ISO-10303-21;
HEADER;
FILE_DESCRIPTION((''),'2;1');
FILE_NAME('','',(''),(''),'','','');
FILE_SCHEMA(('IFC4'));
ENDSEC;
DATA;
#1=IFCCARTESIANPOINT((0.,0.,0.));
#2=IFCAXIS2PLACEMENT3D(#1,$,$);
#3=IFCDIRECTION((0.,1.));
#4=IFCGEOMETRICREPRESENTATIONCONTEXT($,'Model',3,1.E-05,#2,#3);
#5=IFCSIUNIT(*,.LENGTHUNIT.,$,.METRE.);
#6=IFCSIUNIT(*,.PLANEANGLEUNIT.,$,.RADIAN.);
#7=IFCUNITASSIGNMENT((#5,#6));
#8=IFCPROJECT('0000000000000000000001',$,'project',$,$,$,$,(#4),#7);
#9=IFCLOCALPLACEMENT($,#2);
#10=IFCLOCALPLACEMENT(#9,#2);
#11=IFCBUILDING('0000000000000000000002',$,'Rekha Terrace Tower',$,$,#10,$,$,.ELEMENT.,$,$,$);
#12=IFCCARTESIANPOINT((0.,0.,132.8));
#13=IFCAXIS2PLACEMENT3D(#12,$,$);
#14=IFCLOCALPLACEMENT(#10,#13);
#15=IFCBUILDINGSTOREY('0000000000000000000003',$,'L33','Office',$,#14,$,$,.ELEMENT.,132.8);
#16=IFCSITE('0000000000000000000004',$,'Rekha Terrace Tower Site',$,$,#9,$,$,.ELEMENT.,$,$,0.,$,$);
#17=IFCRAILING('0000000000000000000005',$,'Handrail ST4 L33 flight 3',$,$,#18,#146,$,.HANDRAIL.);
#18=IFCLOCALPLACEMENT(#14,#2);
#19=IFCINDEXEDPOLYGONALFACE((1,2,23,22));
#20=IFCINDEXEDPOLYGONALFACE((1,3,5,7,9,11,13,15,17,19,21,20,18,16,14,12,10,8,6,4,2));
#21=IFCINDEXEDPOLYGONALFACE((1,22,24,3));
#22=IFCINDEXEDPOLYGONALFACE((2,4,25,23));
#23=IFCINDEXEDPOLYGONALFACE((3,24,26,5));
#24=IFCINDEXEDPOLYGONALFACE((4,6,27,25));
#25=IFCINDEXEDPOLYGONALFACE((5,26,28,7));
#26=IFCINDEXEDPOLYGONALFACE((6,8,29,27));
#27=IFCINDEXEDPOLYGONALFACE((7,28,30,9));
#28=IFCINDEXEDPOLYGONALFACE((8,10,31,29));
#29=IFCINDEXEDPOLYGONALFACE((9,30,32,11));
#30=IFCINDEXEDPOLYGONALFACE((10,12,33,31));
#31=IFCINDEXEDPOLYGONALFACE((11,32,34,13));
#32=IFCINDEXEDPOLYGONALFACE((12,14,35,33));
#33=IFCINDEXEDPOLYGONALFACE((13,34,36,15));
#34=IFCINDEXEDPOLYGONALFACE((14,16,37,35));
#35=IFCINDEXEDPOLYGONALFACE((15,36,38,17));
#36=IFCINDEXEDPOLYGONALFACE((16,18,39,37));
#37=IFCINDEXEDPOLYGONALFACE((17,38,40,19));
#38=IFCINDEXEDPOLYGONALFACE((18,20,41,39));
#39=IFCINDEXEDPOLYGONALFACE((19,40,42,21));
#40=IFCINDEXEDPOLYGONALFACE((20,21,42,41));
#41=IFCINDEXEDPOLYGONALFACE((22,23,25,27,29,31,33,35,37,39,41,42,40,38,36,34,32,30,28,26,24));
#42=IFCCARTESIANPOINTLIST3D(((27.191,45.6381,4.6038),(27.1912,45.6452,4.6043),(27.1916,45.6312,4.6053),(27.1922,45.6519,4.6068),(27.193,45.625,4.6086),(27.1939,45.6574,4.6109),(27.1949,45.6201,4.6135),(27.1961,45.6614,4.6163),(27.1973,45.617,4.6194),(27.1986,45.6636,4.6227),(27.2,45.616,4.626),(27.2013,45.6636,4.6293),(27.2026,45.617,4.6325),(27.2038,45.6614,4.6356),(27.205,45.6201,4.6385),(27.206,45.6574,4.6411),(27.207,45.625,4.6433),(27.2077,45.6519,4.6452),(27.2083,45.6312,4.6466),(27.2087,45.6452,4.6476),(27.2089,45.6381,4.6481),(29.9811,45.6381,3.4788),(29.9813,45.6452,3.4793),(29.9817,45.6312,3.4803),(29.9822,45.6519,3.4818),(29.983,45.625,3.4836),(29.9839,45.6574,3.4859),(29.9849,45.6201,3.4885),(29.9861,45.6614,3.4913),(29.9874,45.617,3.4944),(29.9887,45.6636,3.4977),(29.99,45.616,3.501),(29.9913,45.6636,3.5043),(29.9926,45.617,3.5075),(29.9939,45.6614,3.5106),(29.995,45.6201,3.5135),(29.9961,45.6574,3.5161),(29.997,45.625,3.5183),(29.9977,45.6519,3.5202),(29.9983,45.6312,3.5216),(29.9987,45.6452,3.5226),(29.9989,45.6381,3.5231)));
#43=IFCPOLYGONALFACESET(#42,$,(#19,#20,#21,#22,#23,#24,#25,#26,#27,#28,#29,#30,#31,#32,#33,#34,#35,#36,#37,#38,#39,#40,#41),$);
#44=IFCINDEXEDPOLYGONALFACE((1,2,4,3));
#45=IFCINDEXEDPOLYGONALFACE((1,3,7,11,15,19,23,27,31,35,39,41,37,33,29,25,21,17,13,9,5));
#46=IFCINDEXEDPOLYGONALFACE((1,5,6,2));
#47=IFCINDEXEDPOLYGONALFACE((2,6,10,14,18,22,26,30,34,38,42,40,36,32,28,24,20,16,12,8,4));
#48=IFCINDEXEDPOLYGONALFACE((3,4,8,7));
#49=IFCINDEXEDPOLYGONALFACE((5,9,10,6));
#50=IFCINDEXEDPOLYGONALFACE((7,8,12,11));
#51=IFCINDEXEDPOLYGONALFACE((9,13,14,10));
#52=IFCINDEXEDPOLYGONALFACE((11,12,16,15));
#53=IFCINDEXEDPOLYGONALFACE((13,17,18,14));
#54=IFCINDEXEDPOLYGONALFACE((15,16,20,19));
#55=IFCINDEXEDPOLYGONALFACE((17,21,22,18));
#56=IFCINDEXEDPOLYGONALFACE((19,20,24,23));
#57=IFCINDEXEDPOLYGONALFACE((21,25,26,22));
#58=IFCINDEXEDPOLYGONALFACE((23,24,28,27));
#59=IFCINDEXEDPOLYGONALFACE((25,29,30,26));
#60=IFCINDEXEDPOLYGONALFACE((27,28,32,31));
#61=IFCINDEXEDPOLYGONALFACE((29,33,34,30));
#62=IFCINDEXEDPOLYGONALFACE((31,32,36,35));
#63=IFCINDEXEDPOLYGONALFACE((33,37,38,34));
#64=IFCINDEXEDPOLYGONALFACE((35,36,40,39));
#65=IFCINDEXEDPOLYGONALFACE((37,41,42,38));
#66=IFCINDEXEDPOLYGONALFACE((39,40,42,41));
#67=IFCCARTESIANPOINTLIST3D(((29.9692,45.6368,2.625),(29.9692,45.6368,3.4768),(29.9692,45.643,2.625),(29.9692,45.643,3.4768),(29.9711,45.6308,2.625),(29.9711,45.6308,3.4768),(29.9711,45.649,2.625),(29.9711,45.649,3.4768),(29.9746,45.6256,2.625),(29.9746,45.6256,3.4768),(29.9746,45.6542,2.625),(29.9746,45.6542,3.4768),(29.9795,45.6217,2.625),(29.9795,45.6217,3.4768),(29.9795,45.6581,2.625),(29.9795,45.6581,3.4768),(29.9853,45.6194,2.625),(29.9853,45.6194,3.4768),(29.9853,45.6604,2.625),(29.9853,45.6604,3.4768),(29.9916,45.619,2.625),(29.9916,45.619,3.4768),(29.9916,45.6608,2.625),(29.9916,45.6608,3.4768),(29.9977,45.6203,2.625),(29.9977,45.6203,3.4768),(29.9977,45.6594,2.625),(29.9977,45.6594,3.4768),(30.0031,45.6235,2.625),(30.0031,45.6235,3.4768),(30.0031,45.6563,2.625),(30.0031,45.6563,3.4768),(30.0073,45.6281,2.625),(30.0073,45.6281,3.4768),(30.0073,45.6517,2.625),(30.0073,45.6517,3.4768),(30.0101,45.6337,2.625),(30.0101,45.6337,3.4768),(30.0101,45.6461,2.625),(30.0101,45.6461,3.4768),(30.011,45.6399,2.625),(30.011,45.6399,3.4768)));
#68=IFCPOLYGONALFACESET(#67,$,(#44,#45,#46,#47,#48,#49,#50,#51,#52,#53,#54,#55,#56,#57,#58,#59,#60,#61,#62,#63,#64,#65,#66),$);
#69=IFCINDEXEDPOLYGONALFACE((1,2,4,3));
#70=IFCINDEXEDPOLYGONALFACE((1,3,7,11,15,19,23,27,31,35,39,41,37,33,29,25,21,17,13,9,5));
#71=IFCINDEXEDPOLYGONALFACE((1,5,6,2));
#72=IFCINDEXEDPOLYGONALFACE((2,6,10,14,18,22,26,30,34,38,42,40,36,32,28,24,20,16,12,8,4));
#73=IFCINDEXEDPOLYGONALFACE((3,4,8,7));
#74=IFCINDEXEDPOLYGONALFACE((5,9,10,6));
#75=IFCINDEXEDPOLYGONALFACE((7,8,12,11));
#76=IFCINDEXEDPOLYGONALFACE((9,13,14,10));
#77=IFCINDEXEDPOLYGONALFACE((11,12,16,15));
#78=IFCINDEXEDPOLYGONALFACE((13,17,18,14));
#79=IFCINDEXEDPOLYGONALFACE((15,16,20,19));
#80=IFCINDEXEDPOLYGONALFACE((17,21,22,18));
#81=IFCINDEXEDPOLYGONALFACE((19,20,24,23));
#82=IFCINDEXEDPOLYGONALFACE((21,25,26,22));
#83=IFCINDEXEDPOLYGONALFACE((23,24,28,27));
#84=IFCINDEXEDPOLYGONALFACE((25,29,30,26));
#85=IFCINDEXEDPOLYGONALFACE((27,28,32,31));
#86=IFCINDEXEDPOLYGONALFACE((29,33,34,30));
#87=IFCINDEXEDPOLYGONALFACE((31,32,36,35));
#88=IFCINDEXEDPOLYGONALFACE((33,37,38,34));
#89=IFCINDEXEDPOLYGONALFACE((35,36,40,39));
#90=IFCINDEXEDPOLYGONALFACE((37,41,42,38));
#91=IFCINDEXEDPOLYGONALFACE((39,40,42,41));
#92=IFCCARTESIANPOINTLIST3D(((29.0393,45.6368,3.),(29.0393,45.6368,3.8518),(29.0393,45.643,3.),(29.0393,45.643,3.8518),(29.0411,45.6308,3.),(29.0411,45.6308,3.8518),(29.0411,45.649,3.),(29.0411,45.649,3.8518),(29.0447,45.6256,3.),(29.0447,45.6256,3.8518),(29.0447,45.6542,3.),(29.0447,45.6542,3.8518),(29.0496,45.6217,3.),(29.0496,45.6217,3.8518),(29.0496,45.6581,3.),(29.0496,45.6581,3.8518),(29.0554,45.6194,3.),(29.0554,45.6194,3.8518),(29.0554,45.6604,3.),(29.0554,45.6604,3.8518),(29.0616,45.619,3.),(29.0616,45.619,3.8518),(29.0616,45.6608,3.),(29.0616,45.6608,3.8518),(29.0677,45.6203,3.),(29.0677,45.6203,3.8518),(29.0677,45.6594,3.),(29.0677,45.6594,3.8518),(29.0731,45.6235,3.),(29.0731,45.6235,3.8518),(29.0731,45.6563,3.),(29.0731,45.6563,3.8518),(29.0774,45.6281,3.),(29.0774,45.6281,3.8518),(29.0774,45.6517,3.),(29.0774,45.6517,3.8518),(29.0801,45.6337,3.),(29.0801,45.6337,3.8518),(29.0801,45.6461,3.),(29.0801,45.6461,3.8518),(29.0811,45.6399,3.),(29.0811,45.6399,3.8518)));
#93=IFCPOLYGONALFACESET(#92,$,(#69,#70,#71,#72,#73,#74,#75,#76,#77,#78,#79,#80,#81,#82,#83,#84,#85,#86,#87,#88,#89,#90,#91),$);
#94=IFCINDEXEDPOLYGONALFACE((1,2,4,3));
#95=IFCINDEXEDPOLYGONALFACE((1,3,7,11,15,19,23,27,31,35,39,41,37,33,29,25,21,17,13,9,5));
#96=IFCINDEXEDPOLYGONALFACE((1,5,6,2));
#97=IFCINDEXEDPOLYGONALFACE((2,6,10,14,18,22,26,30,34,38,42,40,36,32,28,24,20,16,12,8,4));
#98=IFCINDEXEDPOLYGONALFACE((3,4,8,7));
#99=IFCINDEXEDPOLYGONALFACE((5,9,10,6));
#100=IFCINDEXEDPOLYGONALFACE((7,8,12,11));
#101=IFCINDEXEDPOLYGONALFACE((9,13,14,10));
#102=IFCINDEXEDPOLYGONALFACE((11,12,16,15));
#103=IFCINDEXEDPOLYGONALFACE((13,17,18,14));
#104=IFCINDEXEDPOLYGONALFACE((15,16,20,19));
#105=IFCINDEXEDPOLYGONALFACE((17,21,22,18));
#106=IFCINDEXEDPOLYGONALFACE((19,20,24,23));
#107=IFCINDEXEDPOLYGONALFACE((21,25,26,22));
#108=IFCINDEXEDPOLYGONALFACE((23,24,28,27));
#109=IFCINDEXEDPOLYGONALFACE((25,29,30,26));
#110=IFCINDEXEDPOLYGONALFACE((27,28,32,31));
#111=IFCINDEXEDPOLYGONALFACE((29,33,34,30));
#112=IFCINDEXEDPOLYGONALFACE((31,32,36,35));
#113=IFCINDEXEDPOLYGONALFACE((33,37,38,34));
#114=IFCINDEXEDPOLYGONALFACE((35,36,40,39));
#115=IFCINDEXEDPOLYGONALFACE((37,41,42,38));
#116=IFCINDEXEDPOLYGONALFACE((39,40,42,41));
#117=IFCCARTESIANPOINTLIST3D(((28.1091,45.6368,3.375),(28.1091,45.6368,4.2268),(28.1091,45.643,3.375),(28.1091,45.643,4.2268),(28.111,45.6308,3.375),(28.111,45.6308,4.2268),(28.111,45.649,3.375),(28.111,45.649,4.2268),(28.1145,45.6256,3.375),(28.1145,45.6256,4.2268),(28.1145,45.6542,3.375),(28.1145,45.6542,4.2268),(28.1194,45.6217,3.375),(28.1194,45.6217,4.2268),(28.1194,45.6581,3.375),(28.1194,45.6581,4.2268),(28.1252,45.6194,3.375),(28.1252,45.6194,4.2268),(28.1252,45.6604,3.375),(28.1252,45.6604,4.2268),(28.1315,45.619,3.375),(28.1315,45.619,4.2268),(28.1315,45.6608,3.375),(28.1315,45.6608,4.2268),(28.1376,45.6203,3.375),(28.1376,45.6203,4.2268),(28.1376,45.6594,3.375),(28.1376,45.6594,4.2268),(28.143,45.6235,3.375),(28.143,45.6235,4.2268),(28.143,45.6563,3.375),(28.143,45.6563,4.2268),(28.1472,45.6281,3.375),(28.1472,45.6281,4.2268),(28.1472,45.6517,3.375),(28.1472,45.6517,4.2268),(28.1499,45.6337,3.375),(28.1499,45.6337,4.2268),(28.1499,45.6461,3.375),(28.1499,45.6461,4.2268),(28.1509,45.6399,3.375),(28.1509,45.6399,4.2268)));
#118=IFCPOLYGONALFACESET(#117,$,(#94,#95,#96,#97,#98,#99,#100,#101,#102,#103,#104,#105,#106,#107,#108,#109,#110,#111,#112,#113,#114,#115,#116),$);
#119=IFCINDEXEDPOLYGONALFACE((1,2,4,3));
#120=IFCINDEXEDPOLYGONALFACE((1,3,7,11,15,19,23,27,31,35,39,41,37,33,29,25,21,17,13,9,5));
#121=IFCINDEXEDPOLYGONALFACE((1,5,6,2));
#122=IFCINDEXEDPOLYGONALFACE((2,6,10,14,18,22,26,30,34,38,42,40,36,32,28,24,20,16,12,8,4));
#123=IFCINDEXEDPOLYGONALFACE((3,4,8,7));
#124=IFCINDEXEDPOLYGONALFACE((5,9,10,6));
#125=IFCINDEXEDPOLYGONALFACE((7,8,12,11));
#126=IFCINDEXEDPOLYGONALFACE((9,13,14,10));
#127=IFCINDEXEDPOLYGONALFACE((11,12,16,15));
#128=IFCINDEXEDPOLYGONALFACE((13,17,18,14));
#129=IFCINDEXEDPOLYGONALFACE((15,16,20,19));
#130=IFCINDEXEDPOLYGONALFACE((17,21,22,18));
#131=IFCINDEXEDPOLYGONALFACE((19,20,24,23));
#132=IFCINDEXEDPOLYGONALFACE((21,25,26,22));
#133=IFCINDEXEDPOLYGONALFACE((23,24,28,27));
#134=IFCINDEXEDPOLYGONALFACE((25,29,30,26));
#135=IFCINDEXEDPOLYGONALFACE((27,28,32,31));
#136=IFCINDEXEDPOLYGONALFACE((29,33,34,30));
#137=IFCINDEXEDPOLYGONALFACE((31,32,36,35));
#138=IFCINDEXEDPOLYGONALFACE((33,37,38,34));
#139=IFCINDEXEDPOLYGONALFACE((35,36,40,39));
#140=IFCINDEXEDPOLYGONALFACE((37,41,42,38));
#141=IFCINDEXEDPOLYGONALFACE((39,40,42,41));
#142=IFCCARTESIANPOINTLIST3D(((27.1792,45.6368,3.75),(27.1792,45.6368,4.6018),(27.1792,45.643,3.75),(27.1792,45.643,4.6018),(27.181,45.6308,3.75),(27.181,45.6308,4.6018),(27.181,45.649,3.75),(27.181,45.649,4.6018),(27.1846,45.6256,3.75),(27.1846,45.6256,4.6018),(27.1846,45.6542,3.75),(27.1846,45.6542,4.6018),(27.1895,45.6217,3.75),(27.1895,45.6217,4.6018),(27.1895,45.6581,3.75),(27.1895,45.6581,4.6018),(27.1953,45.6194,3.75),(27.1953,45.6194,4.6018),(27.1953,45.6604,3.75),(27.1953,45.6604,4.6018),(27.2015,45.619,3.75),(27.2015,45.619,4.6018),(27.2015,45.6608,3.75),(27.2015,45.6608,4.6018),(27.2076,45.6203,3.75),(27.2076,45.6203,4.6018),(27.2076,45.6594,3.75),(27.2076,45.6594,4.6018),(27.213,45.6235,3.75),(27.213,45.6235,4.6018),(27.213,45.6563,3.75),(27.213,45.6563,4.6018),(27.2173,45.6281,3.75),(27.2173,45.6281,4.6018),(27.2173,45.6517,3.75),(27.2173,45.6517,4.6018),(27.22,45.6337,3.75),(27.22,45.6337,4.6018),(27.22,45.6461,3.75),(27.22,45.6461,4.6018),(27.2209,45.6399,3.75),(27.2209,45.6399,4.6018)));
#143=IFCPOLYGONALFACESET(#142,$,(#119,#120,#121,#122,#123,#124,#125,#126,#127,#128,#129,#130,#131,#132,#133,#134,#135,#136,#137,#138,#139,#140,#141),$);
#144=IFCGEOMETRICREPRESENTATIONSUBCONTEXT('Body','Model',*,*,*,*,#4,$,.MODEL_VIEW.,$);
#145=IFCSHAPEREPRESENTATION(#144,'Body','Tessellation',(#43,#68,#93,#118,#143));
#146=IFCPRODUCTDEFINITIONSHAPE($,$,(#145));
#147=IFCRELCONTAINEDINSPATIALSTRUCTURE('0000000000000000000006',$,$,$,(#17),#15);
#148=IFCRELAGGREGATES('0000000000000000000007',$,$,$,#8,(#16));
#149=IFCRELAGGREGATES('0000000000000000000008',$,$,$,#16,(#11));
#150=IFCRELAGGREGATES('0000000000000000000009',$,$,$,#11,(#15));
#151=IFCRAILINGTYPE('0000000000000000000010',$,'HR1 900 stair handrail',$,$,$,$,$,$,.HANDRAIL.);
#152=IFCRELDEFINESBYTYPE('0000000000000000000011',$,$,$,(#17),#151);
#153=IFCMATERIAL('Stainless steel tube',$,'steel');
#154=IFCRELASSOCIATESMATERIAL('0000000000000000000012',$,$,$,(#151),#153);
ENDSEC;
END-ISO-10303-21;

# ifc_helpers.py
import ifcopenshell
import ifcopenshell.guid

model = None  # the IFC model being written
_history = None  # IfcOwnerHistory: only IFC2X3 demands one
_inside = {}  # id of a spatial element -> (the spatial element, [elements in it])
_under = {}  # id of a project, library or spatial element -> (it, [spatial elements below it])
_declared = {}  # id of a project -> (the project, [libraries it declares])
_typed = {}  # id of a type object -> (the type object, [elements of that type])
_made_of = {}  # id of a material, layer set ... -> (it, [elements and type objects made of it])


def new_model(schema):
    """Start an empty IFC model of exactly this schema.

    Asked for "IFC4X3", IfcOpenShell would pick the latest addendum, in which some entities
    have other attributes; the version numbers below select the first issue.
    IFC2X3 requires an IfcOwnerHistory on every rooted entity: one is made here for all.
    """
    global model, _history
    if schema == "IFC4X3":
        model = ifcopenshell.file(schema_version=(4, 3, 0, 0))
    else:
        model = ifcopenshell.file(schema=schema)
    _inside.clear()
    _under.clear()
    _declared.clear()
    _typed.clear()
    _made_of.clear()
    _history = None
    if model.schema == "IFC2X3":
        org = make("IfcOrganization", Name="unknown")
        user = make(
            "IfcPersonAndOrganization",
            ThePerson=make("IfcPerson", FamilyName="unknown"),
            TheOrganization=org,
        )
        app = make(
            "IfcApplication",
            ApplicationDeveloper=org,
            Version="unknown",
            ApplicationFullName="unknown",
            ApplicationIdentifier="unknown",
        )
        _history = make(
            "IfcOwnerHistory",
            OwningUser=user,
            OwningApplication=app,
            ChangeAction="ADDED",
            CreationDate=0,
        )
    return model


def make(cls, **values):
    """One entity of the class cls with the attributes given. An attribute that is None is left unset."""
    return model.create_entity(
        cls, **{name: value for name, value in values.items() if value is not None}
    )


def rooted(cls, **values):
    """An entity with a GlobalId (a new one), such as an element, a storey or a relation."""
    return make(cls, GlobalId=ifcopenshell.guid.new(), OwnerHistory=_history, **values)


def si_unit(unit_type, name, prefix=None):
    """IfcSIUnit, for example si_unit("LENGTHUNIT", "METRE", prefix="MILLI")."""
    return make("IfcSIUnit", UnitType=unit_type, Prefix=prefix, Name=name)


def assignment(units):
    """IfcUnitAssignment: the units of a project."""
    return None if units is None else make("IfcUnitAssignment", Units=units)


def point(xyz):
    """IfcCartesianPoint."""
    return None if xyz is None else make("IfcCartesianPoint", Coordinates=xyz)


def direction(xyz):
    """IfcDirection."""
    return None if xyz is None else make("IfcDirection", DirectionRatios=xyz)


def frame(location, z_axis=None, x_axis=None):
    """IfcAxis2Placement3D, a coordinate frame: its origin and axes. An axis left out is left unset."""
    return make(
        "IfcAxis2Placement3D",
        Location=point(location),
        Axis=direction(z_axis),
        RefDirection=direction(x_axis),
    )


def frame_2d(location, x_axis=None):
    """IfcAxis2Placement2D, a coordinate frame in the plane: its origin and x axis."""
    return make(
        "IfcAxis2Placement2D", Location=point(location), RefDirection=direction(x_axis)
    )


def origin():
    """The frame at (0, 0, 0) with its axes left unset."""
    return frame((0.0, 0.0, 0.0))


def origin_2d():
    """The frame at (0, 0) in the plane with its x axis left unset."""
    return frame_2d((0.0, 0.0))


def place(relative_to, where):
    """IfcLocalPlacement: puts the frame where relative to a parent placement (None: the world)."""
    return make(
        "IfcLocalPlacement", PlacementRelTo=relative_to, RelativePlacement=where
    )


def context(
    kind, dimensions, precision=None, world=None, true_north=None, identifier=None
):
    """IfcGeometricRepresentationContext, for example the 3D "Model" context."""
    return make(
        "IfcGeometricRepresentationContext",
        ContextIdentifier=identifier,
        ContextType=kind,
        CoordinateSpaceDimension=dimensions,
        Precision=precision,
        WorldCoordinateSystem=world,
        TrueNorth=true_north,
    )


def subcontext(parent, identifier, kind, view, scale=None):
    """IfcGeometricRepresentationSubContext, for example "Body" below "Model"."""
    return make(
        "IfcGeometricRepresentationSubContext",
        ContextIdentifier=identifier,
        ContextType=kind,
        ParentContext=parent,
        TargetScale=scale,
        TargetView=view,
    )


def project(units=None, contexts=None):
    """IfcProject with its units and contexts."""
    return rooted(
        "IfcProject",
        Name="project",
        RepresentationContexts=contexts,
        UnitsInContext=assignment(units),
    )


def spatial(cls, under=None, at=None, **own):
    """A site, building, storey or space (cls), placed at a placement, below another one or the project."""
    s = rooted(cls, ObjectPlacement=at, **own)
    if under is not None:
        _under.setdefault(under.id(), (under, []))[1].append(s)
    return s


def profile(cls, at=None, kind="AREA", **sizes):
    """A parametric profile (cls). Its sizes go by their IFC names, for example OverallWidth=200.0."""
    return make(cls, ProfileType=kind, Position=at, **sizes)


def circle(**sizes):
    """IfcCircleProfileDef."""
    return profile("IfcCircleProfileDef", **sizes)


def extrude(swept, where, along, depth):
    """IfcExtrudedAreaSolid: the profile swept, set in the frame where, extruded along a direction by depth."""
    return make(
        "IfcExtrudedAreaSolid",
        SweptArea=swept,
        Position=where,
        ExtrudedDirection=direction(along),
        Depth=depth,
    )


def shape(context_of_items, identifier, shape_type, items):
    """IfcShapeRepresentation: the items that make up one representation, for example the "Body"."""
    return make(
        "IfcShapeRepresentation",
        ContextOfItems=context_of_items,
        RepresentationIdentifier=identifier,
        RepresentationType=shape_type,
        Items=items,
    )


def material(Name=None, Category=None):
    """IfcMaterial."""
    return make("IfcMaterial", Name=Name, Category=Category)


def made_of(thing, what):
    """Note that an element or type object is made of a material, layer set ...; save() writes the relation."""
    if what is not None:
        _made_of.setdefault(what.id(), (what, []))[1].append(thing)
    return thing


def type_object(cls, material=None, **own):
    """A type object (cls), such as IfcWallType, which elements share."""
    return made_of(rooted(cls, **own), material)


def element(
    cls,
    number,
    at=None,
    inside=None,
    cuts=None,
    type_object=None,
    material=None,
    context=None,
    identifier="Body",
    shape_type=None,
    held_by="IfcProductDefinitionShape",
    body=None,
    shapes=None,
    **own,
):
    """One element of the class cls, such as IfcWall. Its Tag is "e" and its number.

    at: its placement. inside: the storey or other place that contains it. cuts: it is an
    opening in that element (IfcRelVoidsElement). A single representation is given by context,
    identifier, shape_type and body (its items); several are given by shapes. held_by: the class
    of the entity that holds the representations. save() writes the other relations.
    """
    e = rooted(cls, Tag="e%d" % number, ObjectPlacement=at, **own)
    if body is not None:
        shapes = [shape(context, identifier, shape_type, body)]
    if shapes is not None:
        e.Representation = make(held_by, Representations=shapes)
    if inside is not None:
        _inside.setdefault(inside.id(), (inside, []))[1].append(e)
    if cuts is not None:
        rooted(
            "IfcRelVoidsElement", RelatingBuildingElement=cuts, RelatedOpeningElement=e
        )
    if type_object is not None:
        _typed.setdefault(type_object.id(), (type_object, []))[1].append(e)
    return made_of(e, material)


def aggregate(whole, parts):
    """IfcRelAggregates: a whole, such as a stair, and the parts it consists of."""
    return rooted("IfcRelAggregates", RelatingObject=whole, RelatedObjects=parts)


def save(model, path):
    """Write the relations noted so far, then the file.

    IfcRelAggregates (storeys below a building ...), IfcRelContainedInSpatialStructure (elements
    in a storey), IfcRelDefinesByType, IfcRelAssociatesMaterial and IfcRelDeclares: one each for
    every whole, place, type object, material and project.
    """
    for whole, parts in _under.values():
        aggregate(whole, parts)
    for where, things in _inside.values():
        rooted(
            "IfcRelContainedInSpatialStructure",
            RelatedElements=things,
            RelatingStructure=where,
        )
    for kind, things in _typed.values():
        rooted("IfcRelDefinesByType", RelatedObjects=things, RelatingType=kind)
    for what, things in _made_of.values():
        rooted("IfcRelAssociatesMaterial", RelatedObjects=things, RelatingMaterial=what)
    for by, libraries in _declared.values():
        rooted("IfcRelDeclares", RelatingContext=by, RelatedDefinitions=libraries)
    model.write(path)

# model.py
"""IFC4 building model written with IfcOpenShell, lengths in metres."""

from ifc_helpers import new_model, si_unit, direction, frame, origin, origin_2d, place, context, subcontext, project, spatial, circle, extrude, material, type_object, element, save


model = new_model("IFC4")

# Units and contexts
model_context = context("Model", 3, precision=1e-05, world=origin(), true_north=direction((0.0, 1.0)))
body_context = subcontext(model_context, "Body", "Model", "MODEL_VIEW")
ifc_project = project(units=[si_unit("LENGTHUNIT", "METRE"), si_unit("PLANEANGLEUNIT", "RADIAN")], contexts=[model_context])

# Site, building, storey
site_placement = place(None, origin())
site = spatial("IfcSite", under=ifc_project, at=site_placement, Name="Rekha Terrace Tower Site", CompositionType="ELEMENT", RefElevation=0.0)
building_placement = place(site_placement, origin())
building = spatial("IfcBuilding", under=site, at=building_placement, Name="Rekha Terrace Tower", CompositionType="ELEMENT")
storey_placement = place(building_placement, frame((0.0, 0.0, 132.8)))
storey = spatial("IfcBuildingStorey", under=building, at=storey_placement, Name="L33", Description="Office", CompositionType="ELEMENT", Elevation=132.8)

# Railing
ifc_material_1 = material(Name="Stainless steel tube", Category="steel")
railing_type_1 = type_object("IfcRailingType", Name="HR1 900 stair handrail", PredefinedType="HANDRAIL", material=ifc_material_1)
railing_1_placement = place(storey_placement, frame((29.99, 45.6399, 2.625)))
element("IfcRailing", 1, at=railing_1_placement, inside=storey, type_object=railing_type_1, Name="Handrail ST4 L33 flight 3", PredefinedType="HANDRAIL", context=body_context, shape_type="SweptSolid", body=[
    extrude(circle(Radius=0.0239, at=origin_2d()), frame((0.0, 0.0, 0.876), z_axis=(-0.927443, 0.0, 0.373964), x_axis=(0.0, -1.0, 0.0)), (0.0, 0.0, 1.0), 3.0083),
    extrude(circle(Radius=0.021, at=origin_2d()), origin(), (0.0, 0.0, 1.0), 0.8518),
    extrude(circle(Radius=0.021, at=origin_2d()), frame((-0.9299, 0.0, 0.375)), (0.0, 0.0, 1.0), 0.8518),
    extrude(circle(Radius=0.021, at=origin_2d()), frame((-1.8601, 0.0, 0.75)), (0.0, 0.0, 1.0), 0.8518),
    extrude(circle(Radius=0.021, at=origin_2d()), frame((-2.79, 0.0, 1.125)), (0.0, 0.0, 1.0), 0.8518),
])

save(model, "model.ifc")
